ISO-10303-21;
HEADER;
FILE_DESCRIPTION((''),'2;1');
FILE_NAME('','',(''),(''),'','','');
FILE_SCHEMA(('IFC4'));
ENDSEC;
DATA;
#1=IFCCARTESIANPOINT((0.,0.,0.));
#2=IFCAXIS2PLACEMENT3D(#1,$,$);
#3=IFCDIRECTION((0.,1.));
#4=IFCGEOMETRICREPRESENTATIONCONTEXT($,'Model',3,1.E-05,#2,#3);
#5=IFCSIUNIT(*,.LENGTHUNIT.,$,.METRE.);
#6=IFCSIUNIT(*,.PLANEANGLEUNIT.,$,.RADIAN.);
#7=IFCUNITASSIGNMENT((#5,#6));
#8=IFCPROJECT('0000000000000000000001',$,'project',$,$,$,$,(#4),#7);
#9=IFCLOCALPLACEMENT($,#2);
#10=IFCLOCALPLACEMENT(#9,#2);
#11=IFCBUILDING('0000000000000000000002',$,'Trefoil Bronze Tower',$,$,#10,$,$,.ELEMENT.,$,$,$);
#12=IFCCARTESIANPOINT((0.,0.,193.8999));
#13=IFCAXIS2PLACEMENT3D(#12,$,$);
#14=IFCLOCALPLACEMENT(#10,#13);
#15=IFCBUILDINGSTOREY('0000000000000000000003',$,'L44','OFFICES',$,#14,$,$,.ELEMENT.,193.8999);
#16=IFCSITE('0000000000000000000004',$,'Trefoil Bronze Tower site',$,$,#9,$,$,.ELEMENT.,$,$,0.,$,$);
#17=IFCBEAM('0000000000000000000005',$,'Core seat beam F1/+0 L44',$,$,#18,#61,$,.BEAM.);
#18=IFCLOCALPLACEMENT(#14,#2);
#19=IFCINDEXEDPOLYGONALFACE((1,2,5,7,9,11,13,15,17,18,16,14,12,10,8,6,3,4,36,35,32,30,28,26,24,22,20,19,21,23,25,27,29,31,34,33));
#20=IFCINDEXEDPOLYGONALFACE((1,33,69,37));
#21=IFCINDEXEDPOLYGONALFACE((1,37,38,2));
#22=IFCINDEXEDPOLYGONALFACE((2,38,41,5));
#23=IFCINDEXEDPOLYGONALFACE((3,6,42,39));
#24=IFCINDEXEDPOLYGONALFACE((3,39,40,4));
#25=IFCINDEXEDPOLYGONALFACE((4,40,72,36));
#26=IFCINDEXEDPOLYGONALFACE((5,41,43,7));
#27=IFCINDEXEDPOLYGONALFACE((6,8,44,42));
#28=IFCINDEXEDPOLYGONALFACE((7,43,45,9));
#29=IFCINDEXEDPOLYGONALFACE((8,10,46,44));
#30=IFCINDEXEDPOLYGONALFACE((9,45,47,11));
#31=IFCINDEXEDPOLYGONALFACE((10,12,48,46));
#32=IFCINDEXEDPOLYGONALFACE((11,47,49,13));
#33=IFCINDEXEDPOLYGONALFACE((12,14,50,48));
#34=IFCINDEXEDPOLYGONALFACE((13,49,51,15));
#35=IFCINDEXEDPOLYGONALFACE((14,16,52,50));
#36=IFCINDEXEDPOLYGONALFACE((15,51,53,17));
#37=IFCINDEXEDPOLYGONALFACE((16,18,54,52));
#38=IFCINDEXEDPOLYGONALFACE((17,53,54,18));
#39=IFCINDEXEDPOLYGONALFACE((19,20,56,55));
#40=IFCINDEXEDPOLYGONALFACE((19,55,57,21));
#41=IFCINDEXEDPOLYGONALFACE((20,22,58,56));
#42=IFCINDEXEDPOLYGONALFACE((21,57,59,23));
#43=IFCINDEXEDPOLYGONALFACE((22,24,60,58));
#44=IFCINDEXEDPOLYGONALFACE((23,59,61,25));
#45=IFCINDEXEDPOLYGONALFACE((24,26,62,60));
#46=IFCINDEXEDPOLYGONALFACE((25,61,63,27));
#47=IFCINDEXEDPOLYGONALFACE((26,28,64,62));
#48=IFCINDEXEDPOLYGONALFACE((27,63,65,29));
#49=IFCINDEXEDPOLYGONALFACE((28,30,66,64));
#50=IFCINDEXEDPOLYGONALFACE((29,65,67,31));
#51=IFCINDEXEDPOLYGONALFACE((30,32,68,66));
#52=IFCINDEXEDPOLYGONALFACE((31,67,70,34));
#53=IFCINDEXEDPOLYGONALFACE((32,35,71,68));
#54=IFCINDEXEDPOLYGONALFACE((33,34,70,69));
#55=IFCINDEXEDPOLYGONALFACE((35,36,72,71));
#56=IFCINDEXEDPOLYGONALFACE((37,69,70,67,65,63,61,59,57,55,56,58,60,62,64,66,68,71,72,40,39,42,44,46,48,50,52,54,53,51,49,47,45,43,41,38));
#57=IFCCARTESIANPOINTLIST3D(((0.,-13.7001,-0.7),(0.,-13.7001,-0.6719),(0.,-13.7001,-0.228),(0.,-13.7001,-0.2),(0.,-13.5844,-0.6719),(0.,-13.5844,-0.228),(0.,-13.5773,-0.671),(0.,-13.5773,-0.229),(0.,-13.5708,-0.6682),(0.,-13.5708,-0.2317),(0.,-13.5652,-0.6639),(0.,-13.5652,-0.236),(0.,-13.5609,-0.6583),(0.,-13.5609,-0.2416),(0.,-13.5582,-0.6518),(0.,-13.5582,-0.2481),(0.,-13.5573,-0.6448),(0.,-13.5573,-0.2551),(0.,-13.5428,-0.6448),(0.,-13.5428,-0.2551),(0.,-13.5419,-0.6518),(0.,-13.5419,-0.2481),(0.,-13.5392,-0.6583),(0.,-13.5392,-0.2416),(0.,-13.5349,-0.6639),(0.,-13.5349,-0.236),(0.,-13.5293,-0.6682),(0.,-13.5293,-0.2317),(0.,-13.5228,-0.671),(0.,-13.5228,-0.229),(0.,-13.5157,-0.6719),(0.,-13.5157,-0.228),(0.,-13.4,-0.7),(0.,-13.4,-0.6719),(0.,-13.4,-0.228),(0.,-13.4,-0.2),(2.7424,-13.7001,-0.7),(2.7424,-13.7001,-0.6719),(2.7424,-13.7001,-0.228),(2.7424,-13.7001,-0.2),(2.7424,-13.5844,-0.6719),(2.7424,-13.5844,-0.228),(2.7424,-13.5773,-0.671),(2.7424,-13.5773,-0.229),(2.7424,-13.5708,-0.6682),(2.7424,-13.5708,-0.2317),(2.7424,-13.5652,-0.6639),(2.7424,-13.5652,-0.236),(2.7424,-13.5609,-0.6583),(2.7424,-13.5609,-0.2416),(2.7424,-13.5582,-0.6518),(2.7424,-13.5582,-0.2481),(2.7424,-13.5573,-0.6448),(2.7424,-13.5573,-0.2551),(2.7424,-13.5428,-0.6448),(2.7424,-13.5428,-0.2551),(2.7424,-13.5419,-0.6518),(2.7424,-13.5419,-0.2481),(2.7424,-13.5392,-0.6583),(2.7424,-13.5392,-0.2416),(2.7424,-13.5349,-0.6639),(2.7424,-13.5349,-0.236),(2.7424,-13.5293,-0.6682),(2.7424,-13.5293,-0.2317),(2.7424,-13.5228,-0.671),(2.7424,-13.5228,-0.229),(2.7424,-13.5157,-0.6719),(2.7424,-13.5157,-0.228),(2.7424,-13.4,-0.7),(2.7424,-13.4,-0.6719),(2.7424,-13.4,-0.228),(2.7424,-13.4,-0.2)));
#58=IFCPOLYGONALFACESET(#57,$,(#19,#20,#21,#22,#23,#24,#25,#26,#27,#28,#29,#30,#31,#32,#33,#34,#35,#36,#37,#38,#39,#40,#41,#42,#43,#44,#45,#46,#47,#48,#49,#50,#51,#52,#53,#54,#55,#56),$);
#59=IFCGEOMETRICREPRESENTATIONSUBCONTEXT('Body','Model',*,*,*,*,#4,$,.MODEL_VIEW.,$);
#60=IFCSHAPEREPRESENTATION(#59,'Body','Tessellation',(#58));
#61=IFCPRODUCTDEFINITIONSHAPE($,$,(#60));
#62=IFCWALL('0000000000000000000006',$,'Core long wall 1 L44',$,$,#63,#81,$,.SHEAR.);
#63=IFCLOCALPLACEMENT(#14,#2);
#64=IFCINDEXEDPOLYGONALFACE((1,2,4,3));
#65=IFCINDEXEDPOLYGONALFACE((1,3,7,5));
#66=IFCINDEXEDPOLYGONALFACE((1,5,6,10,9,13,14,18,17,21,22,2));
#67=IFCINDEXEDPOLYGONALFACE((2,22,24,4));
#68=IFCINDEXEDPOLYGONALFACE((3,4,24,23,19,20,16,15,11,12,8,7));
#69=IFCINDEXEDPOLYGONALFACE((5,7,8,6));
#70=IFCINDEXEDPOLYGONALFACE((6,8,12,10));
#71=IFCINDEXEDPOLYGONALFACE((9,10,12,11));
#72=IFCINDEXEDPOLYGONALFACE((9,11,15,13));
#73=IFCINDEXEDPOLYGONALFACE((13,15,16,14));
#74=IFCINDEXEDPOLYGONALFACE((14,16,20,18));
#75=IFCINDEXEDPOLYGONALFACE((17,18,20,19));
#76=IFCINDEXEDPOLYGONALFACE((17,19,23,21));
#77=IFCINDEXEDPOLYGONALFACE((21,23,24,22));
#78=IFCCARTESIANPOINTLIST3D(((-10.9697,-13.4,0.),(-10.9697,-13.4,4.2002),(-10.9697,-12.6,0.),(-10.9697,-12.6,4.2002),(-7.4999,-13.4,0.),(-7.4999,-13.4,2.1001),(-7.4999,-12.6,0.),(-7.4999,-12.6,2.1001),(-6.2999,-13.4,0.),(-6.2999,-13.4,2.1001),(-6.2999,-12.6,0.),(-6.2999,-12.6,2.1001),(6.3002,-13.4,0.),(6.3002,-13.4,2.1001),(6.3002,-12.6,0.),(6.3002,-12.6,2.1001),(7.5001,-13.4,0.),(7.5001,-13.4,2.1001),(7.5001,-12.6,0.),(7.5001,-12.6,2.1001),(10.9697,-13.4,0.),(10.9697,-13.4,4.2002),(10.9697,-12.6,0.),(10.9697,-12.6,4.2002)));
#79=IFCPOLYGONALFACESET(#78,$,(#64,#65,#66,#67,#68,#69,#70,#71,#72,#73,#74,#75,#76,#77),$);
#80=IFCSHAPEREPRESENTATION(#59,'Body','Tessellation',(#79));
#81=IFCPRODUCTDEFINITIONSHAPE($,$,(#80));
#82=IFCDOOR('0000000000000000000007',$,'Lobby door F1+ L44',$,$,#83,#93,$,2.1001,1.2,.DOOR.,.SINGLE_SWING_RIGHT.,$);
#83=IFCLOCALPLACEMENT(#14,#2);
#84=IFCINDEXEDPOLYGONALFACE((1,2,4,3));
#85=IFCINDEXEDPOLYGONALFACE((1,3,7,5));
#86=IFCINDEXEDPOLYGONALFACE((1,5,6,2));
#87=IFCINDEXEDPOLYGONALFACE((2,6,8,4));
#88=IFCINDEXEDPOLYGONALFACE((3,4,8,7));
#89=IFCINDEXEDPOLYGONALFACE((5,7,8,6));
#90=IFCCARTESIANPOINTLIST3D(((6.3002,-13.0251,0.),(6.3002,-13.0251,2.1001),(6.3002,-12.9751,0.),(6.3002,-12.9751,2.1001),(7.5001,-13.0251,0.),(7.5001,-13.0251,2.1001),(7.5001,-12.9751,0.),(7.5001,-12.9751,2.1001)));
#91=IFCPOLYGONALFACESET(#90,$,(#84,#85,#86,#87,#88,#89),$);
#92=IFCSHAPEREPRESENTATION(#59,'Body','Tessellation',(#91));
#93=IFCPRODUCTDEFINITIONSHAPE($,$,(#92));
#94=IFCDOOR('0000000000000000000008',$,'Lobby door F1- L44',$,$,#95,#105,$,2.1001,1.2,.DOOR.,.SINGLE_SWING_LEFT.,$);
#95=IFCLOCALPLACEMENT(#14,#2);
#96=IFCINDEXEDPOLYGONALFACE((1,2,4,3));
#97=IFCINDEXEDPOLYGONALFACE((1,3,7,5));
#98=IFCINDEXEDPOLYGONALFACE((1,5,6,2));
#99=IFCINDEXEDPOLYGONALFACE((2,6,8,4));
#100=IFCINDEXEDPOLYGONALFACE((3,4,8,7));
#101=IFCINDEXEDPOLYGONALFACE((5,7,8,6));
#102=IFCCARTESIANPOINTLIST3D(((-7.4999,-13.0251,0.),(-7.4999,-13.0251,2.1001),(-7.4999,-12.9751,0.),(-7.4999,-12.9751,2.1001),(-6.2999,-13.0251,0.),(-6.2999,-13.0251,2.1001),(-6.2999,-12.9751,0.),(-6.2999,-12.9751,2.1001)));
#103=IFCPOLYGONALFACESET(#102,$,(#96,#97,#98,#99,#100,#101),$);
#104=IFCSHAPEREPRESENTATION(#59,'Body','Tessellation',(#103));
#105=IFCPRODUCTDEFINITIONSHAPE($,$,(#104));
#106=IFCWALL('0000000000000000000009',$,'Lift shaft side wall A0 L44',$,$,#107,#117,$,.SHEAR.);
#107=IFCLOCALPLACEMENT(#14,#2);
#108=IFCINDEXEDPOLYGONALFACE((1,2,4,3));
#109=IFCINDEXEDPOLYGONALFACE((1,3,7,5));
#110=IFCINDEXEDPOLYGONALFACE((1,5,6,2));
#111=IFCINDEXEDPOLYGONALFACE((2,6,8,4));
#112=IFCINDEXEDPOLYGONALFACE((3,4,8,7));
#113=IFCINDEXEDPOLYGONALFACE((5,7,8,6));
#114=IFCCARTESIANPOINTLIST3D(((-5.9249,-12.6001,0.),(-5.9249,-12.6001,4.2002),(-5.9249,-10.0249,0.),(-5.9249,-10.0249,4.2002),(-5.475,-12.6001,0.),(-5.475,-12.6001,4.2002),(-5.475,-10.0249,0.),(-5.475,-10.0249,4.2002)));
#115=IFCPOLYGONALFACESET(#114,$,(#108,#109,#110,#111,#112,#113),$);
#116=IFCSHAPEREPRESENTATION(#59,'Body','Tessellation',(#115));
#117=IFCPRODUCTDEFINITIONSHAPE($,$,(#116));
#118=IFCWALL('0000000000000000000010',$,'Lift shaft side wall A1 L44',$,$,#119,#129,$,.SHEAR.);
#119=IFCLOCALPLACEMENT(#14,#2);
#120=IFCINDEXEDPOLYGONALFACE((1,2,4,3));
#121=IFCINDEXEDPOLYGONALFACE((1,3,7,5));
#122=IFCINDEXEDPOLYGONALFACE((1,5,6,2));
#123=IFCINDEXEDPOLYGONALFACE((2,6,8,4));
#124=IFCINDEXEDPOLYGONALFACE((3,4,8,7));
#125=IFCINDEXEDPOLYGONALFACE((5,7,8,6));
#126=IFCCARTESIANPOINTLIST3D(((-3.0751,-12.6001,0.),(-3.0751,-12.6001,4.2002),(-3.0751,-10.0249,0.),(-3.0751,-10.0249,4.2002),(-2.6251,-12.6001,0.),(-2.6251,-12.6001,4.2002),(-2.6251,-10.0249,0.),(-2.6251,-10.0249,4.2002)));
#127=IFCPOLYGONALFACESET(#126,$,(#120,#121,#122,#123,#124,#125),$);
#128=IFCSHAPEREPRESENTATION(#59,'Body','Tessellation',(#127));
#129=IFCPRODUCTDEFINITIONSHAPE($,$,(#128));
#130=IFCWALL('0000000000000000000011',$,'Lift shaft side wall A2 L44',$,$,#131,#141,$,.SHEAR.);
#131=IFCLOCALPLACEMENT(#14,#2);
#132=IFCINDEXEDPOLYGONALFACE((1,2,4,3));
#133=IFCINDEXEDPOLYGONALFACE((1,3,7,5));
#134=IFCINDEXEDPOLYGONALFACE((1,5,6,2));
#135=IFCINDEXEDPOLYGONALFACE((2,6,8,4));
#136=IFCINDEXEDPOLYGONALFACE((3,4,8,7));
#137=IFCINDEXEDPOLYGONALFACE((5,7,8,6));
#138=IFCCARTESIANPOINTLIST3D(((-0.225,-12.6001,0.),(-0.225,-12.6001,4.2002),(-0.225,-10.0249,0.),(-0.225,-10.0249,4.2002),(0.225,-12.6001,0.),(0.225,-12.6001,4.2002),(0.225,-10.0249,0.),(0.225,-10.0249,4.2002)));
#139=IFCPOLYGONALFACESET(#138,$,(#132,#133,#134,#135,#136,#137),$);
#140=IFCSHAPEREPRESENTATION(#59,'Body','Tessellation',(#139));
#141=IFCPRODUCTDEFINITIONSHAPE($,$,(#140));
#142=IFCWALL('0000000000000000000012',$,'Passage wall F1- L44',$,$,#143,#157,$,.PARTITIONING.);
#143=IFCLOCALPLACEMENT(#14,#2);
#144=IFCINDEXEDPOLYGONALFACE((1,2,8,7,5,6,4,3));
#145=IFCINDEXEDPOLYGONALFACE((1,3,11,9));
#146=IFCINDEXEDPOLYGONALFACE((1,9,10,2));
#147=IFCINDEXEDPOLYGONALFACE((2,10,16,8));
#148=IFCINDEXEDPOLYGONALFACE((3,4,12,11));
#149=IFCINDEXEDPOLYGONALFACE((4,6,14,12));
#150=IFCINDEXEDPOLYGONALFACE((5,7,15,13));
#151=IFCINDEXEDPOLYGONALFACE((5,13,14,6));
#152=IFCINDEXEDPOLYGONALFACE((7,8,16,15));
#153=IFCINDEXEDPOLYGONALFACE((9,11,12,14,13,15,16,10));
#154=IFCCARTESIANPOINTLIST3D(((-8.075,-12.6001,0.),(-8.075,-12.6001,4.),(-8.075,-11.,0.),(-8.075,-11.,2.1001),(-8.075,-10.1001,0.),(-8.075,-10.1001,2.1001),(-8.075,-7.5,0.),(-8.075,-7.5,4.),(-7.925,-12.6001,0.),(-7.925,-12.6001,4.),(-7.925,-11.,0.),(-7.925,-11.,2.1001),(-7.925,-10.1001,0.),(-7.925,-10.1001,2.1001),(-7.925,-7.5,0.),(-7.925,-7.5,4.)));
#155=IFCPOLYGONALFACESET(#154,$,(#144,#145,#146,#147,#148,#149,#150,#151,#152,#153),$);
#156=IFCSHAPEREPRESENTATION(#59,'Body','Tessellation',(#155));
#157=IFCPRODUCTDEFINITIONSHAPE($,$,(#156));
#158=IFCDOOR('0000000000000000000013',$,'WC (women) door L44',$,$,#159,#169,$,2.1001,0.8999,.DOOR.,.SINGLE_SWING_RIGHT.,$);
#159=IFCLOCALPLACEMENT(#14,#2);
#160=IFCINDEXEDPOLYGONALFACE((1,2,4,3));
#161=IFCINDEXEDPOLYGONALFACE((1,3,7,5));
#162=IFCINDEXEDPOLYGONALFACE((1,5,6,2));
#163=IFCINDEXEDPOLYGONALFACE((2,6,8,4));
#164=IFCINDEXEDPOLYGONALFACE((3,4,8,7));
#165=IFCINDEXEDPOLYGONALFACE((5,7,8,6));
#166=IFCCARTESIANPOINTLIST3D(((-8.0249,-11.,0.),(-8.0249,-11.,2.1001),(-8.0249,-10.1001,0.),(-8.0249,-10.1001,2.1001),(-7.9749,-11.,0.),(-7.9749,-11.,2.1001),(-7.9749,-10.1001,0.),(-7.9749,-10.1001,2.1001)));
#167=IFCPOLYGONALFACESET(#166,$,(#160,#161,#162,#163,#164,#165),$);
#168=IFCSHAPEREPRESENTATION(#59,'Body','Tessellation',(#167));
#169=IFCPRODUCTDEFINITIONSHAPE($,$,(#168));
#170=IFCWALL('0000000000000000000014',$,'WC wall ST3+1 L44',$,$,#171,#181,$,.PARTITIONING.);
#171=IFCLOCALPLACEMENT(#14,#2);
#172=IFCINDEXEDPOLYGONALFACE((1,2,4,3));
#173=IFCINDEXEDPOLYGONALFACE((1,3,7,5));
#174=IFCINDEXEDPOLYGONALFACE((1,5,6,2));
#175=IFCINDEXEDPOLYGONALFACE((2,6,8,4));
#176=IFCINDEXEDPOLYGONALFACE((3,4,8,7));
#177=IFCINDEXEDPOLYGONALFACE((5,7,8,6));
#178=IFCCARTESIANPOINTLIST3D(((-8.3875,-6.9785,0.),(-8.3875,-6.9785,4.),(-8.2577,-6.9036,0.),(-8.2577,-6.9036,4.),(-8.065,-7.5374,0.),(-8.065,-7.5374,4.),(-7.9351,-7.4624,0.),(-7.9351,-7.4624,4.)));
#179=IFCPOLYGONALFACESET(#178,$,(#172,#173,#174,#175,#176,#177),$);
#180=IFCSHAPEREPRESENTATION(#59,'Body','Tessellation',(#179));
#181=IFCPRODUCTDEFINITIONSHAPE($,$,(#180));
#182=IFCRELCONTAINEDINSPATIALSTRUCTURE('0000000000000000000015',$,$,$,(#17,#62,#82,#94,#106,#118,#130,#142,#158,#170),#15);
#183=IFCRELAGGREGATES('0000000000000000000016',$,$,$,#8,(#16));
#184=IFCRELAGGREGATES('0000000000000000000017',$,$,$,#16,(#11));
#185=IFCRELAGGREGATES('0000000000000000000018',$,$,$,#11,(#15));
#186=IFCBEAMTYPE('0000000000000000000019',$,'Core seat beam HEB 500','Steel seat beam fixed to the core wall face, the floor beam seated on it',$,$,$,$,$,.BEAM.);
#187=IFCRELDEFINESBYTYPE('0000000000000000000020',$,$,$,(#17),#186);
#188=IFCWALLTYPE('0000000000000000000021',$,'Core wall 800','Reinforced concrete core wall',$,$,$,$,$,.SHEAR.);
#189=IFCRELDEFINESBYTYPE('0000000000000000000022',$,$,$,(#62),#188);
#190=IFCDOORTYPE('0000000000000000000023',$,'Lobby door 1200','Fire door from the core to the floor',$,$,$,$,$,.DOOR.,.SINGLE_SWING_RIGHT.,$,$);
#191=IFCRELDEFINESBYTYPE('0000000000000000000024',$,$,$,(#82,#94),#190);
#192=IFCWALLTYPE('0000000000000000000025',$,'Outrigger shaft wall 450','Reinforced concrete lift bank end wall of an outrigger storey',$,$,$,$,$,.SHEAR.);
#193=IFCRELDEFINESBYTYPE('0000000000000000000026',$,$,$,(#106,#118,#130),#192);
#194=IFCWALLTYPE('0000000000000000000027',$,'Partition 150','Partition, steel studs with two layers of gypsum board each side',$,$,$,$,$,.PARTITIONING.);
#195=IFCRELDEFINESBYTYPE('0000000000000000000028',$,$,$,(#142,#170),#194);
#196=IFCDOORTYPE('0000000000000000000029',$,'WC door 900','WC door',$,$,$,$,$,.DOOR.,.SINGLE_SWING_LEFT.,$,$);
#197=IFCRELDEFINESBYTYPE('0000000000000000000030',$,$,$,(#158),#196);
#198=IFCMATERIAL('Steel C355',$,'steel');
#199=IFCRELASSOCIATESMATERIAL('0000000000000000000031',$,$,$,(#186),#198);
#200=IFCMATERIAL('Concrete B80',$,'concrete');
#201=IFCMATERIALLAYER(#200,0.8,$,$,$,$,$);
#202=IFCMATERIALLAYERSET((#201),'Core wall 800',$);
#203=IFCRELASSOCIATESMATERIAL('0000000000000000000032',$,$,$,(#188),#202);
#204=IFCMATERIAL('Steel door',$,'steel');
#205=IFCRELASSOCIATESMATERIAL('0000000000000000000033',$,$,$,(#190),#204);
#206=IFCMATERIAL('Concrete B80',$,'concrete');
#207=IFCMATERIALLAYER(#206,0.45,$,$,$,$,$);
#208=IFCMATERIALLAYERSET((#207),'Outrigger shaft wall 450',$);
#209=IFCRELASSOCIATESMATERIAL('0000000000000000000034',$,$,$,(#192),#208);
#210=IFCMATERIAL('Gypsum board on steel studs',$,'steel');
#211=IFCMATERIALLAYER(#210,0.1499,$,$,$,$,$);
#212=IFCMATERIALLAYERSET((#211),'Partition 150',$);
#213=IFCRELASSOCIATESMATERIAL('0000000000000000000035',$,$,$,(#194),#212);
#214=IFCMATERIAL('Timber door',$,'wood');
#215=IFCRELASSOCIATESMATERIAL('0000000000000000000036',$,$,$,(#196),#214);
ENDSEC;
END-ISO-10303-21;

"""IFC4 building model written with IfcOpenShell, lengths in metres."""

from ifc_helpers import new_model, si_unit, direction, frame, frame_2d, origin, origin_2d, place, context, subcontext, project, spatial, rectangle, i_section, extrude, material, layer, layer_set, material_profile, profile_set, type_object, element, fill, save


model = new_model("IFC4")

# Units and contexts
model_context = context("Model", 3, precision=1e-05, world=origin(), true_north=direction((0.0, 1.0)))
body_context = subcontext(model_context, "Body", "Model", "MODEL_VIEW")
ifc_project = project(units=[si_unit("LENGTHUNIT", "METRE"), si_unit("PLANEANGLEUNIT", "RADIAN")], contexts=[model_context])

# Site, building, storey
site_placement = place(None, origin())
site = spatial("IfcSite", under=ifc_project, at=site_placement, Name="Trefoil Bronze Tower site", CompositionType="ELEMENT", RefElevation=0.0)
building_placement = place(site_placement, origin())
building = spatial("IfcBuilding", under=site, at=building_placement, Name="Trefoil Bronze Tower", CompositionType="ELEMENT")
storey_placement = place(building_placement, frame((0.0, 0.0, 193.8999)))
storey = spatial("IfcBuildingStorey", under=building, at=storey_placement, Name="L44", Description="OFFICES", CompositionType="ELEMENT", Elevation=193.8999)

# Beam
ifc_material_1 = material(Name="Steel C355", Category="steel")
ifc_material_profile = material_profile(ifc_material_1, i_section(OverallWidth=0.3, OverallDepth=0.5, WebThickness=0.0144, FlangeThickness=0.0281, FilletRadius=0.0271, at=origin_2d()), Name="HEB 500")
ifc_profile_set = profile_set([ifc_material_profile], Name="Steel C355")
beam_type = type_object("IfcBeamType", Name="Core seat beam HEB 500", Description="Steel seat beam fixed to the core wall face, the floor beam seated on it", PredefinedType="BEAM", material=ifc_profile_set)
beam_placement = place(storey_placement, frame((0.0, -13.55, -0.45), z_axis=(1.0, 0.0, 0.0), x_axis=(0.0, 1.0, 0.0)))
element("IfcBeam", 1, at=beam_placement, inside=storey, type_object=beam_type, Name="Core seat beam F1/+0 L44", PredefinedType="BEAM", context=body_context, shape_type="SweptSolid", body=[
    extrude(i_section(OverallWidth=0.3, OverallDepth=0.5, WebThickness=0.0144, FlangeThickness=0.0281, FilletRadius=0.0271, at=origin_2d()), origin(), (0.0, 0.0, 1.0), 2.7424),
])

# Wall, openings, doors
ifc_material_2 = material(Name="Concrete B80", Category="concrete")
ifc_layer_1 = layer(ifc_material_2, 0.8)
ifc_layer_set_1 = layer_set([ifc_layer_1], Name="Core wall 800")
wall_type_1 = type_object("IfcWallType", Name="Core wall 800", Description="Reinforced concrete core wall", PredefinedType="SHEAR", material=ifc_layer_set_1)
wall_1_placement = place(storey_placement, frame((-10.9697, -13.0, 0.0), z_axis=(0.0, 0.0, 1.0), x_axis=(1.0, 0.0, 0.0)))
wall_1 = element("IfcWall", 2, at=wall_1_placement, inside=storey, type_object=wall_type_1, Name="Core long wall 1 L44", PredefinedType="SHEAR", context=body_context, shape_type="SweptSolid", body=[
    extrude(rectangle(XDim=21.9395, YDim=0.8, at=frame_2d((10.9697, 0.0))), origin(), (0.0, 0.0, 1.0), 4.2002),
])
opening_1_placement = place(wall_1_placement, frame((17.2698, 0.0, 0.0)))
opening_1 = element("IfcOpeningElement", 3, at=opening_1_placement, cuts=wall_1, PredefinedType="OPENING", context=body_context, shape_type="SweptSolid", body=[
    extrude(rectangle(XDim=1.2, YDim=2.1001, at=frame_2d((0.6001, 1.05))), frame((0.0, 0.4099, 0.0), z_axis=(0.0, -1.0, 0.0), x_axis=(1.0, 0.0, 0.0)), (0.0, 0.0, 1.0), 0.8201),
])
opening_2_placement = place(wall_1_placement, frame((3.4697, 0.0, 0.0)))
opening_2 = element("IfcOpeningElement", 4, at=opening_2_placement, cuts=wall_1, PredefinedType="OPENING", context=body_context, shape_type="SweptSolid", body=[
    extrude(rectangle(XDim=1.2, YDim=2.1001, at=frame_2d((0.6001, 1.05))), frame((0.0, 0.4099, 0.0), z_axis=(0.0, -1.0, 0.0), x_axis=(1.0, 0.0, 0.0)), (0.0, 0.0, 1.0), 0.8201),
])
ifc_material_3 = material(Name="Steel door", Category="steel")
door_type_1 = type_object("IfcDoorType", Name="Lobby door 1200", Description="Fire door from the core to the floor", OperationType="SINGLE_SWING_RIGHT", PredefinedType="DOOR", material=ifc_material_3)
door_1_placement = place(opening_1_placement, origin())
door_1 = element("IfcDoor", 5, at=door_1_placement, inside=storey, type_object=door_type_1, Name="Lobby door F1+ L44", OperationType="SINGLE_SWING_RIGHT", OverallHeight=2.1001, OverallWidth=1.2, PredefinedType="DOOR", context=body_context, shape_type="SweptSolid", body=[
    extrude(rectangle(XDim=1.2, YDim=2.1001, at=frame_2d((0.6001, 1.05))), frame((0.0, 0.0249, 0.0), z_axis=(0.0, -1.0, 0.0), x_axis=(1.0, 0.0, 0.0)), (0.0, 0.0, 1.0), 0.05),
])
fill(opening_1, door_1)
door_2_placement = place(opening_2_placement, origin())
door_2 = element("IfcDoor", 6, at=door_2_placement, inside=storey, type_object=door_type_1, Name="Lobby door F1- L44", OperationType="SINGLE_SWING_LEFT", OverallHeight=2.1001, OverallWidth=1.2, PredefinedType="DOOR", context=body_context, shape_type="SweptSolid", body=[
    extrude(rectangle(XDim=1.2, YDim=2.1001, at=frame_2d((0.6001, 1.05))), frame((0.0, 0.0249, 0.0), z_axis=(0.0, -1.0, 0.0), x_axis=(1.0, 0.0, 0.0)), (0.0, 0.0, 1.0), 0.05),
])
fill(opening_2, door_2)

# Walls
ifc_material_4 = material(Name="Concrete B80", Category="concrete")
ifc_layer_2 = layer(ifc_material_4, 0.45)
ifc_layer_set_2 = layer_set([ifc_layer_2], Name="Outrigger shaft wall 450")
wall_type_2 = type_object("IfcWallType", Name="Outrigger shaft wall 450", Description="Reinforced concrete lift bank end wall of an outrigger storey", PredefinedType="SHEAR", material=ifc_layer_set_2)
for number, where, z_axis, x_axis, name in (
    (7, (-5.7, -10.0249, 0.0), (0.0, 0.0, 1.0), (0.0, -1.0, 0.0), "Lift shaft side wall A0 L44"),
    (8, (-2.8501, -10.0249, 0.0), (0.0, 0.0, 1.0), (0.0, -1.0, 0.0), "Lift shaft side wall A1 L44"),
    (9, (0.0, -10.0249, 0.0), (0.0, 0.0, 1.0), (0.0, -1.0, 0.0), "Lift shaft side wall A2 L44"),
):
    element("IfcWall", number, at=place(storey_placement, frame(where, z_axis=z_axis, x_axis=x_axis)), inside=storey, type_object=wall_type_2, Name=name, PredefinedType="SHEAR", context=body_context, shape_type="SweptSolid", body=[
        extrude(rectangle(XDim=2.5752, YDim=0.45, at=frame_2d((1.2876, 0.0))), origin(), (0.0, 0.0, 1.0), 4.2002),
    ])

# Wall, opening, door
ifc_material_5 = material(Name="Gypsum board on steel studs", Category="steel")
ifc_layer_3 = layer(ifc_material_5, 0.1499)
ifc_layer_set_3 = layer_set([ifc_layer_3], Name="Partition 150")
wall_type_3 = type_object("IfcWallType", Name="Partition 150", Description="Partition, steel studs with two layers of gypsum board each side", PredefinedType="PARTITIONING", material=ifc_layer_set_3)
wall_2_placement = place(storey_placement, frame((-8.0, -7.5, 0.0), z_axis=(0.0, 0.0, 1.0), x_axis=(0.0, -1.0, 0.0)))
wall_2 = element("IfcWall", 10, at=wall_2_placement, inside=storey, type_object=wall_type_3, Name="Passage wall F1- L44", PredefinedType="PARTITIONING", context=body_context, shape_type="SweptSolid", body=[
    extrude(rectangle(XDim=5.1001, YDim=0.1499, at=frame_2d((2.55, 0.0))), origin(), (0.0, 0.0, 1.0), 4.0),
])
opening_3_placement = place(wall_2_placement, frame((2.6001, 0.0, 0.0)))
opening_3 = element("IfcOpeningElement", 11, at=opening_3_placement, cuts=wall_2, PredefinedType="OPENING", context=body_context, shape_type="SweptSolid", body=[
    extrude(rectangle(XDim=0.8999, YDim=2.1001, at=frame_2d((0.45, 1.05))), frame((0.0, 0.085, 0.0), z_axis=(0.0, -1.0, 0.0), x_axis=(1.0, 0.0, 0.0)), (0.0, 0.0, 1.0), 0.1699),
])
ifc_material_6 = material(Name="Timber door", Category="wood")
door_type_2 = type_object("IfcDoorType", Name="WC door 900", Description="WC door", OperationType="SINGLE_SWING_LEFT", PredefinedType="DOOR", material=ifc_material_6)
door_3_placement = place(opening_3_placement, frame((0.8999, 0.0, 0.0), z_axis=(0.0, 0.0, 1.0), x_axis=(-1.0, 0.0, 0.0)))
door_3 = element("IfcDoor", 12, at=door_3_placement, inside=storey, type_object=door_type_2, Name="WC (women) door L44", OperationType="SINGLE_SWING_RIGHT", OverallHeight=2.1001, OverallWidth=0.8999, PredefinedType="DOOR", context=body_context, shape_type="SweptSolid", body=[
    extrude(rectangle(XDim=0.8999, YDim=2.1001, at=frame_2d((0.45, 1.05))), frame((0.0, 0.0249, 0.0), z_axis=(0.0, -1.0, 0.0), x_axis=(1.0, 0.0, 0.0)), (0.0, 0.0, 1.0), 0.05),
])
fill(opening_3, door_3)

# Wall
wall_3_placement = place(storey_placement, frame((-8.0, -7.5, 0.0), z_axis=(0.0, 0.0, 1.0), x_axis=(-0.499843, 0.866116, 0.0)))
element("IfcWall", 13, at=wall_3_placement, inside=storey, type_object=wall_type_3, Name="WC wall ST3+1 L44", PredefinedType="PARTITIONING", context=body_context, shape_type="SweptSolid", body=[
    extrude(rectangle(XDim=0.6453, YDim=0.1499, at=frame_2d((0.3228, 0.0))), origin(), (0.0, 0.0, 1.0), 4.0),
])

save(model, "model.ifc")
